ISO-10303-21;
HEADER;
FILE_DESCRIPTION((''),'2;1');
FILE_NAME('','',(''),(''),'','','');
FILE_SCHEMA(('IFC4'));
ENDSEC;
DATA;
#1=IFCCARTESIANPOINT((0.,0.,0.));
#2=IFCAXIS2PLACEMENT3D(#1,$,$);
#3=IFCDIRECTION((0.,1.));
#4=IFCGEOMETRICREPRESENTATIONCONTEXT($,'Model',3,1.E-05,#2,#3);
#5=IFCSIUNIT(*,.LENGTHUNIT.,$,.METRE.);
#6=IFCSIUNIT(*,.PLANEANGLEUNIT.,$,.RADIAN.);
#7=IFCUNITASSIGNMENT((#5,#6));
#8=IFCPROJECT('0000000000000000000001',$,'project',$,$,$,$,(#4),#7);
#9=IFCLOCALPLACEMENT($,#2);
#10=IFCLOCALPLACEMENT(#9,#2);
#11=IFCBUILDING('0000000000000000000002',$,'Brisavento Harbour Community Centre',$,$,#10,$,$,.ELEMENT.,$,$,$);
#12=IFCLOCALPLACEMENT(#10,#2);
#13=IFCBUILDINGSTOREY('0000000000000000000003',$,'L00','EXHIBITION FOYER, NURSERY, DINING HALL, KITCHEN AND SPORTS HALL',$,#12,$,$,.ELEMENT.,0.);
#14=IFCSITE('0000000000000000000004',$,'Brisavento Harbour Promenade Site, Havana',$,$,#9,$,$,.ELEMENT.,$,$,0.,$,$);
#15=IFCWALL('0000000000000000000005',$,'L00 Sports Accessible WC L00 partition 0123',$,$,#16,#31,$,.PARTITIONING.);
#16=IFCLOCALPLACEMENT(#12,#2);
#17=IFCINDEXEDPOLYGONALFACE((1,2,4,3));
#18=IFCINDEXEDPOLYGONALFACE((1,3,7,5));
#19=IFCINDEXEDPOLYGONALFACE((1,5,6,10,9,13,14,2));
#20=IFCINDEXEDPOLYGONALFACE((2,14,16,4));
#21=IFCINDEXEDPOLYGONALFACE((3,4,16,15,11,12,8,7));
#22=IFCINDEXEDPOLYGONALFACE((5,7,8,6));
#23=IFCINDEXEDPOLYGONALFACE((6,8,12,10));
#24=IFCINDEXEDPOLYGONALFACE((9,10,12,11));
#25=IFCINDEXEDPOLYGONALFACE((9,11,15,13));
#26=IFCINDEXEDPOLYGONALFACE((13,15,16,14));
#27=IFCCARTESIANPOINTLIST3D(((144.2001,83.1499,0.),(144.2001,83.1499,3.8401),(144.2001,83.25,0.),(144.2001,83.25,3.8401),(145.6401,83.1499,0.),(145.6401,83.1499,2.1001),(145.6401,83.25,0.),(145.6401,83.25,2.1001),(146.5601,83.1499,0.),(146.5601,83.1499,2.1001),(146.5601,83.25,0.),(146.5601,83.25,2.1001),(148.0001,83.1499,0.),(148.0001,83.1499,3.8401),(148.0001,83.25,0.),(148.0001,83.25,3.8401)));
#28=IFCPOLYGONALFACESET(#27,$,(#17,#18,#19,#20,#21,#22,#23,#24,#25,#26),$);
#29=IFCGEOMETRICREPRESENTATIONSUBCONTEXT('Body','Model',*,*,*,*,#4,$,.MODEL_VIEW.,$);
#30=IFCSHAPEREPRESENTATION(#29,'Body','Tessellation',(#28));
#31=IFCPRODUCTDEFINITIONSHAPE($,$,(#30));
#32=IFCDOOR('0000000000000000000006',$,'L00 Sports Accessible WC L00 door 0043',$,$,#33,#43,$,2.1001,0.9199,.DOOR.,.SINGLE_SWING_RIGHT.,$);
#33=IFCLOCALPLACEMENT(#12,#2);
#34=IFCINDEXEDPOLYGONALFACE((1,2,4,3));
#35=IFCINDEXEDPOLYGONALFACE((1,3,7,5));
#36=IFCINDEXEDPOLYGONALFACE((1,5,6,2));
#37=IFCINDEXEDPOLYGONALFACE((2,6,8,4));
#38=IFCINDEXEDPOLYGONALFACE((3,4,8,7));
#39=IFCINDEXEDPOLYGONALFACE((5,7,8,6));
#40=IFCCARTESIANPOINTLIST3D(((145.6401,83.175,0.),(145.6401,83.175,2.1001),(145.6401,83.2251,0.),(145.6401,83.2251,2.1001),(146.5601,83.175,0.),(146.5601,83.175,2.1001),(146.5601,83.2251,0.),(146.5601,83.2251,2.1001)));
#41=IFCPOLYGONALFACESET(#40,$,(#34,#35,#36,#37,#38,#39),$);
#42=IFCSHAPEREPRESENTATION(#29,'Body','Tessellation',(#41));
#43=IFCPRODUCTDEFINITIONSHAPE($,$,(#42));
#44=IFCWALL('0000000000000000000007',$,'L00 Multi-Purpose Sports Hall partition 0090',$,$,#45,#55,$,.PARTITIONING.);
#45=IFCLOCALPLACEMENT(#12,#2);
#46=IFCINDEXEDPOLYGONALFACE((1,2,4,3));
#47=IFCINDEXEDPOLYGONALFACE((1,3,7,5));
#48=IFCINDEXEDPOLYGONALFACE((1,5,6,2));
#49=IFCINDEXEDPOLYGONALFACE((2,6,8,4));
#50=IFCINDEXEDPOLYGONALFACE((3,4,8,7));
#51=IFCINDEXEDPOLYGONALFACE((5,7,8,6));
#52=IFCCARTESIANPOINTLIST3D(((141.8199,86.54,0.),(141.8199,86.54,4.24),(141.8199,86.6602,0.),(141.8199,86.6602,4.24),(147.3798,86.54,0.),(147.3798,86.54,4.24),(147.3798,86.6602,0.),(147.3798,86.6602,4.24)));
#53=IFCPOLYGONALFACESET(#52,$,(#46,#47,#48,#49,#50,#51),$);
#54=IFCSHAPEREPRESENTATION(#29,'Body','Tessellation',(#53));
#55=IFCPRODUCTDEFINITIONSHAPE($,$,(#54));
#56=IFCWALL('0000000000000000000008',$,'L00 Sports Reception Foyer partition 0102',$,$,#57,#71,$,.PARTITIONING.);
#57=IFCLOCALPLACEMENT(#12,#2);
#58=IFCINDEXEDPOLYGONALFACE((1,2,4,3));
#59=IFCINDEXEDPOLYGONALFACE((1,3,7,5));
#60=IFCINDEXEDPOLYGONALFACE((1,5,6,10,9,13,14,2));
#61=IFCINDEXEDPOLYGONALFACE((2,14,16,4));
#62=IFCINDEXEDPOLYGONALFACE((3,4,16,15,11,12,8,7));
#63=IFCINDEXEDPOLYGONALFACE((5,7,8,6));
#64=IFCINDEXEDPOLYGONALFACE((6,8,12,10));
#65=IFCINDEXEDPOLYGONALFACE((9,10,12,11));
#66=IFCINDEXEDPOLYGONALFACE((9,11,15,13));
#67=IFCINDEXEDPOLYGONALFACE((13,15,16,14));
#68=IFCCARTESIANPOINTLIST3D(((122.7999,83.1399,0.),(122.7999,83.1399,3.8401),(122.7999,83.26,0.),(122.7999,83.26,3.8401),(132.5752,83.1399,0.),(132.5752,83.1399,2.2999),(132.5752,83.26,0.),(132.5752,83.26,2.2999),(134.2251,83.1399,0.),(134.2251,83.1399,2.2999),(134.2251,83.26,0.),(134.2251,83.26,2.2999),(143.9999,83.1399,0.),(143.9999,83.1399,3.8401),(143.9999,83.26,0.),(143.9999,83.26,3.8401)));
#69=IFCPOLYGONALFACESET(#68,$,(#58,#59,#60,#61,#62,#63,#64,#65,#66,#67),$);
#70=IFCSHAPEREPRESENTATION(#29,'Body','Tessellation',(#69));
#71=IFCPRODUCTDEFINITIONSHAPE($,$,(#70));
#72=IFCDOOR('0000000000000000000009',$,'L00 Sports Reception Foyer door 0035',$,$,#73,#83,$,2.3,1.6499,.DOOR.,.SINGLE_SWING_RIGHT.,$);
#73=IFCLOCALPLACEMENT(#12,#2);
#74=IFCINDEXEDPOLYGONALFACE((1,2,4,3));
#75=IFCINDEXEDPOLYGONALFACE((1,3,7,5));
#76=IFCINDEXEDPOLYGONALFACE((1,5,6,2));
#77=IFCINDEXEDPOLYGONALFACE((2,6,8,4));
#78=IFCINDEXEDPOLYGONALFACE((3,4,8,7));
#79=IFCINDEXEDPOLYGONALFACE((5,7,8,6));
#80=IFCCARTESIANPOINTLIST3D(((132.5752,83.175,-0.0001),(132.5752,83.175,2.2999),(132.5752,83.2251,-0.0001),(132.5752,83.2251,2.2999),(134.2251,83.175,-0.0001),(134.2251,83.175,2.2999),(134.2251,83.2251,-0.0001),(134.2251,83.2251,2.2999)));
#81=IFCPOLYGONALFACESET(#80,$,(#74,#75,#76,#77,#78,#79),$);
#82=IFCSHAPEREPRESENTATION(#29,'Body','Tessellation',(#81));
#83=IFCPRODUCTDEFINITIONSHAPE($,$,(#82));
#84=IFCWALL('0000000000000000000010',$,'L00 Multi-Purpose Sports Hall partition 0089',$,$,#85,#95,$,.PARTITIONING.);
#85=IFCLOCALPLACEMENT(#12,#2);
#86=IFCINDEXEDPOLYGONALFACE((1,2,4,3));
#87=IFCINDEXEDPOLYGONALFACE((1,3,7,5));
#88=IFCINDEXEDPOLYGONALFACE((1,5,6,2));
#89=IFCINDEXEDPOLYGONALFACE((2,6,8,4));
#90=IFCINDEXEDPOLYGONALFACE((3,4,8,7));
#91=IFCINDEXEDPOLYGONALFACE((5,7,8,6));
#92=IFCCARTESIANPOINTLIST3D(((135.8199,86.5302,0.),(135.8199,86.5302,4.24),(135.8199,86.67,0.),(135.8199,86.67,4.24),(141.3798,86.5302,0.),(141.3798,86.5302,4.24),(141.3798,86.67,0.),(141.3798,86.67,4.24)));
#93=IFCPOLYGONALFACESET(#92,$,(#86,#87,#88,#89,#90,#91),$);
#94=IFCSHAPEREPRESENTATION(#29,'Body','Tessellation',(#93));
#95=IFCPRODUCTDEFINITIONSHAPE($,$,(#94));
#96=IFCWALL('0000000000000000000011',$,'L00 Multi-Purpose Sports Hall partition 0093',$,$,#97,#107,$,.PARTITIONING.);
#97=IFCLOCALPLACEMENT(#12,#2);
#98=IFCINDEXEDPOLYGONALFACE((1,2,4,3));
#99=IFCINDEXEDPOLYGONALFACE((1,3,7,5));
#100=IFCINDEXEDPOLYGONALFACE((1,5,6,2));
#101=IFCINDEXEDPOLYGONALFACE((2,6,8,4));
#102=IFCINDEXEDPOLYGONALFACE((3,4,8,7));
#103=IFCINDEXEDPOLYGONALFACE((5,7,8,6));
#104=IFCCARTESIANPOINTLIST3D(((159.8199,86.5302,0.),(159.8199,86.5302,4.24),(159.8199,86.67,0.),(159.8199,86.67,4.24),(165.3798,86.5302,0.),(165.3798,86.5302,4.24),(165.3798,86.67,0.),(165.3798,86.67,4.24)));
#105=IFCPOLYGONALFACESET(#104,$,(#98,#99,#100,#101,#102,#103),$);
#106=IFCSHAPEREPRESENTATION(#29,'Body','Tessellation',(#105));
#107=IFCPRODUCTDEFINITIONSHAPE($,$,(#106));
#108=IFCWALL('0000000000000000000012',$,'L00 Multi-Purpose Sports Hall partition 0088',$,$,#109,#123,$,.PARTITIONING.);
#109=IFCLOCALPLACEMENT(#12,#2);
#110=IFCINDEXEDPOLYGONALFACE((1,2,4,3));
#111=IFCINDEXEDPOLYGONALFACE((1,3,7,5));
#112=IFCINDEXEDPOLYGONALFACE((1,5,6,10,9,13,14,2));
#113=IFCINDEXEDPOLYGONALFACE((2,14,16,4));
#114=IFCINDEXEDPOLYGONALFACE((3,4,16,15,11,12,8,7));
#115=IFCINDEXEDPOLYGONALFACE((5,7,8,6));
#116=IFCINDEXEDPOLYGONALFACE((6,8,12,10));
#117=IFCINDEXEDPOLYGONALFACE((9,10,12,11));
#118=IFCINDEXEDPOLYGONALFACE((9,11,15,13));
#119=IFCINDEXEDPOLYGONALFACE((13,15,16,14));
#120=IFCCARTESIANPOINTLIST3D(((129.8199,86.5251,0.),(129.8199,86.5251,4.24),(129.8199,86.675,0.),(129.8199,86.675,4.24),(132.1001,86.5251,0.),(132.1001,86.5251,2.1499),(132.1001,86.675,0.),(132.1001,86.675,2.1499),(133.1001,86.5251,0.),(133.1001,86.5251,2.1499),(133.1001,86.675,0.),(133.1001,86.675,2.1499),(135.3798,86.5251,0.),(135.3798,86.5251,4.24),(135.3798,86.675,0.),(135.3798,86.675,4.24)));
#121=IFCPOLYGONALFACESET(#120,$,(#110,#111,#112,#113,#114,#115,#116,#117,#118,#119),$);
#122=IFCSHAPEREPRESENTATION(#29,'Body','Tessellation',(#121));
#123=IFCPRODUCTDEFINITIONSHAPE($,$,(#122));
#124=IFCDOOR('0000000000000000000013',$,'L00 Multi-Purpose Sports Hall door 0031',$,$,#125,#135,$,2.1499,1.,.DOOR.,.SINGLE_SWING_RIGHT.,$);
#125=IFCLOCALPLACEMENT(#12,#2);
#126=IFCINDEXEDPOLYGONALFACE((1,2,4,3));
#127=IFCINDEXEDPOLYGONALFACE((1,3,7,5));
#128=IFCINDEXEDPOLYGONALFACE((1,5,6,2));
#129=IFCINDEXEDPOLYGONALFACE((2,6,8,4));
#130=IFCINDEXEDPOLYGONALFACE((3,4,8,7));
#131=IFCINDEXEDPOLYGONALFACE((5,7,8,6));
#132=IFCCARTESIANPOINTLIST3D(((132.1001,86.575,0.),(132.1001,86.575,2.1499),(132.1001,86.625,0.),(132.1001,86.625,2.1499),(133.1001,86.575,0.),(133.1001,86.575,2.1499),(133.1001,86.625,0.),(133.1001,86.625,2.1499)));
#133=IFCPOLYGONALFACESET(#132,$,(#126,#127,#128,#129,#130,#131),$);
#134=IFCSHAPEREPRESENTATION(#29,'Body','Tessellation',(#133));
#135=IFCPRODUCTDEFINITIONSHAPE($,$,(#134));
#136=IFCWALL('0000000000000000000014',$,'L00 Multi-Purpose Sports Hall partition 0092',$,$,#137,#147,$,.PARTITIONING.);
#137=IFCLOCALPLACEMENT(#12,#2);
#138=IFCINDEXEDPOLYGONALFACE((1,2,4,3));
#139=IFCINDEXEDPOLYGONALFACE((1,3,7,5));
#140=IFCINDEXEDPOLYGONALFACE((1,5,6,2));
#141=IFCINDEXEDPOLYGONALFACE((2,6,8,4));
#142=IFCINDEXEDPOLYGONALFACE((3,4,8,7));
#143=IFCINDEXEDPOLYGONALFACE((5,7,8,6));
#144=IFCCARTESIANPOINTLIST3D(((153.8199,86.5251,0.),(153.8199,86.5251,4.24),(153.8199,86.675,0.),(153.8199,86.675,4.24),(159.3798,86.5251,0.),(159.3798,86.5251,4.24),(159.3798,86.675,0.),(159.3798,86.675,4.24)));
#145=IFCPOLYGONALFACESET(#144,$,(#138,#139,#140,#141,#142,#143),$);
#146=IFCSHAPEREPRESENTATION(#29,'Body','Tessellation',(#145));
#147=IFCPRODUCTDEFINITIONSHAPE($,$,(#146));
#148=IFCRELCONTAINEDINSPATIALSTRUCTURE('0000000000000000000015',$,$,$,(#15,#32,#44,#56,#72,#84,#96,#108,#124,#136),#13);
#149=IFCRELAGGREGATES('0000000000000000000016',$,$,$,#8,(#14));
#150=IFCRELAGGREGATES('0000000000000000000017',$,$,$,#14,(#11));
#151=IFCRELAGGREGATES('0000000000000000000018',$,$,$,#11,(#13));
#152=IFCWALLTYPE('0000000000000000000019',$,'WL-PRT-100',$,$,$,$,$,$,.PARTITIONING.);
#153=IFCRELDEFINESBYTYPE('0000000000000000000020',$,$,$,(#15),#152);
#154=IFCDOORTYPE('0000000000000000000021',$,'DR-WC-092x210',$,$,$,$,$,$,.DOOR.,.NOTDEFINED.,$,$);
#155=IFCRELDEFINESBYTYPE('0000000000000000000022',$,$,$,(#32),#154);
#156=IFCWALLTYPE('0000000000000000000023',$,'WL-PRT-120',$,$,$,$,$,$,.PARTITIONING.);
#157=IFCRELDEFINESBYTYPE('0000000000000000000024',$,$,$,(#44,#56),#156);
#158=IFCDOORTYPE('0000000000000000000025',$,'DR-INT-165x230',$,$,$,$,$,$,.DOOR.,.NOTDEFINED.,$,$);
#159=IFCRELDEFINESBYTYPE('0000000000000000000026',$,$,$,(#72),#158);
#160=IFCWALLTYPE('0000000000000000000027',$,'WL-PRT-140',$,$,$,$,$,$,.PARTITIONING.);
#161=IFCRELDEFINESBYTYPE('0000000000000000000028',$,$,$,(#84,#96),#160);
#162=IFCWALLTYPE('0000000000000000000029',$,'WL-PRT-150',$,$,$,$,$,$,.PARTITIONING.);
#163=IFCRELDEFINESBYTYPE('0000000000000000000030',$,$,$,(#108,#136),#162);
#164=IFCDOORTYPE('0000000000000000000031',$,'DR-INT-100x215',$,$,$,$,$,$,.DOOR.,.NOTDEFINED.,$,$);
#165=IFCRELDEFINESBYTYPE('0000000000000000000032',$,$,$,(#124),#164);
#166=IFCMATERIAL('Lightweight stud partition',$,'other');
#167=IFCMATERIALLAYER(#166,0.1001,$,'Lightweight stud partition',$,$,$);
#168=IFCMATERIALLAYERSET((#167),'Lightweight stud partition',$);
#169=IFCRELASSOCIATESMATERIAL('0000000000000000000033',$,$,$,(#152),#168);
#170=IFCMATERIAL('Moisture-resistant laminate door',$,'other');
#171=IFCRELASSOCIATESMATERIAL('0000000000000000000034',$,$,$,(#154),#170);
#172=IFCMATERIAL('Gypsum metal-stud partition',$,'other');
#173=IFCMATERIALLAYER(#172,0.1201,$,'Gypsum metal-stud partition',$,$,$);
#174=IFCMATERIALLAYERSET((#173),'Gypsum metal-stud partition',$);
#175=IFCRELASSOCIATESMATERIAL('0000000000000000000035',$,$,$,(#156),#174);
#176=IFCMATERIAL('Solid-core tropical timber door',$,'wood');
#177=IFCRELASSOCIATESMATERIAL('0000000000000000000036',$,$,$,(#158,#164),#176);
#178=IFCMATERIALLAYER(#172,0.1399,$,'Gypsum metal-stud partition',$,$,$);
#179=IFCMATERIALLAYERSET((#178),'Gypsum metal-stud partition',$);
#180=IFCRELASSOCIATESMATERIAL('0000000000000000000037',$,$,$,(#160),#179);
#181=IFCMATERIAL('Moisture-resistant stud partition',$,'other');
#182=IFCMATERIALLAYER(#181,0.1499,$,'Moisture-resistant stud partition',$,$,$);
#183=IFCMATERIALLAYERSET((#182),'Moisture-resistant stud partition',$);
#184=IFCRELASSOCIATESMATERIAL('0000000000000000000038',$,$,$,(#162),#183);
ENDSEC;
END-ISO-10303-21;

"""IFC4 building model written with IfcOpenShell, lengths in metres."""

from ifc_helpers import new_model, si_unit, direction, frame, frame_2d, origin, place, context, subcontext, project, spatial, rectangle, extrude, material, layer, layer_set, type_object, element, fill, save


model = new_model("IFC4")

# Units and contexts
model_context = context("Model", 3, precision=1e-05, world=origin(), true_north=direction((0.0, 1.0)))
body_context = subcontext(model_context, "Body", "Model", "MODEL_VIEW")
ifc_project = project(units=[si_unit("LENGTHUNIT", "METRE"), si_unit("PLANEANGLEUNIT", "RADIAN")], contexts=[model_context])

# Site, building, storey
site_placement = place(None, origin())
site = spatial("IfcSite", under=ifc_project, at=site_placement, Name="Brisavento Harbour Promenade Site, Havana", CompositionType="ELEMENT", RefElevation=0.0)
building_placement = place(site_placement, origin())
building = spatial("IfcBuilding", under=site, at=building_placement, Name="Brisavento Harbour Community Centre", CompositionType="ELEMENT")
storey_placement = place(building_placement, origin())
storey = spatial("IfcBuildingStorey", under=building, at=storey_placement, Name="L00", Description="EXHIBITION FOYER, NURSERY, DINING HALL, KITCHEN AND SPORTS HALL", CompositionType="ELEMENT", Elevation=0.0)

# Shared definitions
ifc_material_1 = material(Name="Lightweight stud partition", Category="other")
ifc_layer_1 = layer(ifc_material_1, 0.1001, Name="Lightweight stud partition")
ifc_layer_set_1 = layer_set([ifc_layer_1], Name="Lightweight stud partition")
wall_type_1 = type_object("IfcWallType", Name="WL-PRT-100", PredefinedType="PARTITIONING", material=ifc_layer_set_1)

# Wall, opening, door
wall_1_placement = place(storey_placement, frame((148.0, 83.2, 0.0), z_axis=(0.0, 0.0, 1.0), x_axis=(-1.0, 0.0, 0.0)))
wall_1 = element("IfcWall", 1, at=wall_1_placement, inside=storey, type_object=wall_type_1, Name="L00 Sports Accessible WC L00 partition 0123", PredefinedType="PARTITIONING", context=body_context, shape_type="SweptSolid", body=[
    extrude(rectangle(XDim=3.8, YDim=0.1001, at=frame_2d((1.8999, 0.0))), origin(), (0.0, 0.0, 1.0), 3.8401),
])
opening_1_placement = place(wall_1_placement, frame((1.4399, 0.0, 0.0)))
opening_1 = element("IfcOpeningElement", 2, at=opening_1_placement, cuts=wall_1, PredefinedType="OPENING", context=body_context, shape_type="SweptSolid", body=[
    extrude(rectangle(XDim=0.9199, YDim=2.1001, at=frame_2d((0.46, 1.05))), frame((0.0, 0.0601, 0.0), z_axis=(0.0, -1.0, 0.0), x_axis=(1.0, 0.0, 0.0)), (0.0, 0.0, 1.0), 0.1201),
])
ifc_material_2 = material(Name="Moisture-resistant laminate door", Category="other")
door_type_1 = type_object("IfcDoorType", Name="DR-WC-092x210", OperationType="NOTDEFINED", PredefinedType="DOOR", material=ifc_material_2)
door_1_placement = place(opening_1_placement, origin())
door_1 = element("IfcDoor", 3, at=door_1_placement, inside=storey, type_object=door_type_1, Name="L00 Sports Accessible WC L00 door 0043", OperationType="SINGLE_SWING_RIGHT", OverallHeight=2.1001, OverallWidth=0.9199, PredefinedType="DOOR", context=body_context, shape_type="SweptSolid", body=[
    extrude(rectangle(XDim=0.9199, YDim=2.1001, at=frame_2d((0.46, 1.05))), frame((0.0, 0.0249, 0.0), z_axis=(0.0, -1.0, 0.0), x_axis=(1.0, 0.0, 0.0)), (0.0, 0.0, 1.0), 0.05),
])
fill(opening_1, door_1)

# Wall
ifc_material_3 = material(Name="Gypsum metal-stud partition", Category="other")
ifc_layer_2 = layer(ifc_material_3, 0.1201, Name="Gypsum metal-stud partition")
ifc_layer_set_2 = layer_set([ifc_layer_2], Name="Gypsum metal-stud partition")
wall_type_2 = type_object("IfcWallType", Name="WL-PRT-120", PredefinedType="PARTITIONING", material=ifc_layer_set_2)
wall_2_placement = place(storey_placement, frame((141.8201, 86.6001, 0.0), z_axis=(0.0, 0.0, 1.0), x_axis=(1.0, 0.0, 0.0)))
element("IfcWall", 4, at=wall_2_placement, inside=storey, type_object=wall_type_2, Name="L00 Multi-Purpose Sports Hall partition 0090", PredefinedType="PARTITIONING", context=body_context, shape_type="SweptSolid", body=[
    extrude(rectangle(XDim=5.5598, YDim=0.1201, at=frame_2d((2.7798, 0.0))), origin(), (0.0, 0.0, 1.0), 4.24),
])

# Wall, opening, door
wall_3_placement = place(storey_placement, frame((144.0, 83.2, 0.0), z_axis=(0.0, 0.0, 1.0), x_axis=(-1.0, 0.0, 0.0)))
wall_3 = element("IfcWall", 5, at=wall_3_placement, inside=storey, type_object=wall_type_2, Name="L00 Sports Reception Foyer partition 0102", PredefinedType="PARTITIONING", context=body_context, shape_type="SweptSolid", body=[
    extrude(rectangle(XDim=21.2, YDim=0.1201, at=frame_2d((10.6001, 0.0))), origin(), (0.0, 0.0, 1.0), 3.8401),
])
opening_2_placement = place(wall_3_placement, frame((9.7749, 0.0, 0.0)))
opening_2 = element("IfcOpeningElement", 6, at=opening_2_placement, cuts=wall_3, PredefinedType="OPENING", context=body_context, shape_type="SweptSolid", body=[
    extrude(rectangle(XDim=1.6499, YDim=2.3, at=frame_2d((0.825, 1.1499))), frame((0.0, 0.0701, 0.0), z_axis=(0.0, -1.0, 0.0), x_axis=(1.0, 0.0, 0.0)), (0.0, 0.0, 1.0), 0.1401),
])
ifc_material_4 = material(Name="Solid-core tropical timber door", Category="wood")
door_type_2 = type_object("IfcDoorType", Name="DR-INT-165x230", OperationType="NOTDEFINED", PredefinedType="DOOR", material=ifc_material_4)
door_2_placement = place(opening_2_placement, origin())
door_2 = element("IfcDoor", 7, at=door_2_placement, inside=storey, type_object=door_type_2, Name="L00 Sports Reception Foyer door 0035", OperationType="SINGLE_SWING_RIGHT", OverallHeight=2.3, OverallWidth=1.6499, PredefinedType="DOOR", context=body_context, shape_type="SweptSolid", body=[
    extrude(rectangle(XDim=1.6499, YDim=2.3, at=frame_2d((0.825, 1.1499))), frame((0.0, 0.0249, 0.0), z_axis=(0.0, -1.0, 0.0), x_axis=(1.0, 0.0, 0.0)), (0.0, 0.0, 1.0), 0.05),
])
fill(opening_2, door_2)

# Walls
ifc_layer_3 = layer(ifc_material_3, 0.1399, Name="Gypsum metal-stud partition")
ifc_layer_set_3 = layer_set([ifc_layer_3], Name="Gypsum metal-stud partition")
wall_type_3 = type_object("IfcWallType", Name="WL-PRT-140", PredefinedType="PARTITIONING", material=ifc_layer_set_3)
for number, where, z_axis, x_axis, name in (
    (8, (135.8201, 86.6001, 0.0), (0.0, 0.0, 1.0), (1.0, 0.0, 0.0), "L00 Multi-Purpose Sports Hall partition 0089"),
    (9, (159.8201, 86.6001, 0.0), (0.0, 0.0, 1.0), (1.0, 0.0, 0.0), "L00 Multi-Purpose Sports Hall partition 0093"),
):
    element("IfcWall", number, at=place(storey_placement, frame(where, z_axis=z_axis, x_axis=x_axis)), inside=storey, type_object=wall_type_3, Name=name, PredefinedType="PARTITIONING", context=body_context, shape_type="SweptSolid", body=[
        extrude(rectangle(XDim=5.5598, YDim=0.1399, at=frame_2d((2.7798, 0.0))), origin(), (0.0, 0.0, 1.0), 4.24),
    ])

# Wall, opening, door
ifc_material_5 = material(Name="Moisture-resistant stud partition", Category="other")
ifc_layer_4 = layer(ifc_material_5, 0.1499, Name="Moisture-resistant stud partition")
ifc_layer_set_4 = layer_set([ifc_layer_4], Name="Moisture-resistant stud partition")
wall_type_4 = type_object("IfcWallType", Name="WL-PRT-150", PredefinedType="PARTITIONING", material=ifc_layer_set_4)
wall_4_placement = place(storey_placement, frame((129.8201, 86.6001, 0.0), z_axis=(0.0, 0.0, 1.0), x_axis=(1.0, 0.0, 0.0)))
wall_4 = element("IfcWall", 10, at=wall_4_placement, inside=storey, type_object=wall_type_4, Name="L00 Multi-Purpose Sports Hall partition 0088", PredefinedType="PARTITIONING", context=body_context, shape_type="SweptSolid", body=[
    extrude(rectangle(XDim=5.5598, YDim=0.1499, at=frame_2d((2.7798, 0.0))), origin(), (0.0, 0.0, 1.0), 4.24),
])
opening_3_placement = place(wall_4_placement, frame((2.28, 0.0, 0.0)))
opening_3 = element("IfcOpeningElement", 11, at=opening_3_placement, cuts=wall_4, PredefinedType="OPENING", context=body_context, shape_type="SweptSolid", body=[
    extrude(rectangle(XDim=1.0, YDim=2.1499, at=frame_2d((0.5, 1.075))), frame((0.0, 0.085, 0.0), z_axis=(0.0, -1.0, 0.0), x_axis=(1.0, 0.0, 0.0)), (0.0, 0.0, 1.0), 0.1699),
])
door_type_3 = type_object("IfcDoorType", Name="DR-INT-100x215", OperationType="NOTDEFINED", PredefinedType="DOOR", material=ifc_material_4)
door_3_placement = place(opening_3_placement, origin())
door_3 = element("IfcDoor", 12, at=door_3_placement, inside=storey, type_object=door_type_3, Name="L00 Multi-Purpose Sports Hall door 0031", OperationType="SINGLE_SWING_RIGHT", OverallHeight=2.1499, OverallWidth=1.0, PredefinedType="DOOR", context=body_context, shape_type="SweptSolid", body=[
    extrude(rectangle(XDim=1.0, YDim=2.1499, at=frame_2d((0.5, 1.075))), frame((0.0, 0.0249, 0.0), z_axis=(0.0, -1.0, 0.0), x_axis=(1.0, 0.0, 0.0)), (0.0, 0.0, 1.0), 0.05),
])
fill(opening_3, door_3)

# Wall
wall_5_placement = place(storey_placement, frame((153.8201, 86.6001, 0.0), z_axis=(0.0, 0.0, 1.0), x_axis=(1.0, 0.0, 0.0)))
element("IfcWall", 13, at=wall_5_placement, inside=storey, type_object=wall_type_4, Name="L00 Multi-Purpose Sports Hall partition 0092", PredefinedType="PARTITIONING", context=body_context, shape_type="SweptSolid", body=[
    extrude(rectangle(XDim=5.5598, YDim=0.1499, at=frame_2d((2.7798, 0.0))), origin(), (0.0, 0.0, 1.0), 4.24),
])

save(model, "model.ifc")
